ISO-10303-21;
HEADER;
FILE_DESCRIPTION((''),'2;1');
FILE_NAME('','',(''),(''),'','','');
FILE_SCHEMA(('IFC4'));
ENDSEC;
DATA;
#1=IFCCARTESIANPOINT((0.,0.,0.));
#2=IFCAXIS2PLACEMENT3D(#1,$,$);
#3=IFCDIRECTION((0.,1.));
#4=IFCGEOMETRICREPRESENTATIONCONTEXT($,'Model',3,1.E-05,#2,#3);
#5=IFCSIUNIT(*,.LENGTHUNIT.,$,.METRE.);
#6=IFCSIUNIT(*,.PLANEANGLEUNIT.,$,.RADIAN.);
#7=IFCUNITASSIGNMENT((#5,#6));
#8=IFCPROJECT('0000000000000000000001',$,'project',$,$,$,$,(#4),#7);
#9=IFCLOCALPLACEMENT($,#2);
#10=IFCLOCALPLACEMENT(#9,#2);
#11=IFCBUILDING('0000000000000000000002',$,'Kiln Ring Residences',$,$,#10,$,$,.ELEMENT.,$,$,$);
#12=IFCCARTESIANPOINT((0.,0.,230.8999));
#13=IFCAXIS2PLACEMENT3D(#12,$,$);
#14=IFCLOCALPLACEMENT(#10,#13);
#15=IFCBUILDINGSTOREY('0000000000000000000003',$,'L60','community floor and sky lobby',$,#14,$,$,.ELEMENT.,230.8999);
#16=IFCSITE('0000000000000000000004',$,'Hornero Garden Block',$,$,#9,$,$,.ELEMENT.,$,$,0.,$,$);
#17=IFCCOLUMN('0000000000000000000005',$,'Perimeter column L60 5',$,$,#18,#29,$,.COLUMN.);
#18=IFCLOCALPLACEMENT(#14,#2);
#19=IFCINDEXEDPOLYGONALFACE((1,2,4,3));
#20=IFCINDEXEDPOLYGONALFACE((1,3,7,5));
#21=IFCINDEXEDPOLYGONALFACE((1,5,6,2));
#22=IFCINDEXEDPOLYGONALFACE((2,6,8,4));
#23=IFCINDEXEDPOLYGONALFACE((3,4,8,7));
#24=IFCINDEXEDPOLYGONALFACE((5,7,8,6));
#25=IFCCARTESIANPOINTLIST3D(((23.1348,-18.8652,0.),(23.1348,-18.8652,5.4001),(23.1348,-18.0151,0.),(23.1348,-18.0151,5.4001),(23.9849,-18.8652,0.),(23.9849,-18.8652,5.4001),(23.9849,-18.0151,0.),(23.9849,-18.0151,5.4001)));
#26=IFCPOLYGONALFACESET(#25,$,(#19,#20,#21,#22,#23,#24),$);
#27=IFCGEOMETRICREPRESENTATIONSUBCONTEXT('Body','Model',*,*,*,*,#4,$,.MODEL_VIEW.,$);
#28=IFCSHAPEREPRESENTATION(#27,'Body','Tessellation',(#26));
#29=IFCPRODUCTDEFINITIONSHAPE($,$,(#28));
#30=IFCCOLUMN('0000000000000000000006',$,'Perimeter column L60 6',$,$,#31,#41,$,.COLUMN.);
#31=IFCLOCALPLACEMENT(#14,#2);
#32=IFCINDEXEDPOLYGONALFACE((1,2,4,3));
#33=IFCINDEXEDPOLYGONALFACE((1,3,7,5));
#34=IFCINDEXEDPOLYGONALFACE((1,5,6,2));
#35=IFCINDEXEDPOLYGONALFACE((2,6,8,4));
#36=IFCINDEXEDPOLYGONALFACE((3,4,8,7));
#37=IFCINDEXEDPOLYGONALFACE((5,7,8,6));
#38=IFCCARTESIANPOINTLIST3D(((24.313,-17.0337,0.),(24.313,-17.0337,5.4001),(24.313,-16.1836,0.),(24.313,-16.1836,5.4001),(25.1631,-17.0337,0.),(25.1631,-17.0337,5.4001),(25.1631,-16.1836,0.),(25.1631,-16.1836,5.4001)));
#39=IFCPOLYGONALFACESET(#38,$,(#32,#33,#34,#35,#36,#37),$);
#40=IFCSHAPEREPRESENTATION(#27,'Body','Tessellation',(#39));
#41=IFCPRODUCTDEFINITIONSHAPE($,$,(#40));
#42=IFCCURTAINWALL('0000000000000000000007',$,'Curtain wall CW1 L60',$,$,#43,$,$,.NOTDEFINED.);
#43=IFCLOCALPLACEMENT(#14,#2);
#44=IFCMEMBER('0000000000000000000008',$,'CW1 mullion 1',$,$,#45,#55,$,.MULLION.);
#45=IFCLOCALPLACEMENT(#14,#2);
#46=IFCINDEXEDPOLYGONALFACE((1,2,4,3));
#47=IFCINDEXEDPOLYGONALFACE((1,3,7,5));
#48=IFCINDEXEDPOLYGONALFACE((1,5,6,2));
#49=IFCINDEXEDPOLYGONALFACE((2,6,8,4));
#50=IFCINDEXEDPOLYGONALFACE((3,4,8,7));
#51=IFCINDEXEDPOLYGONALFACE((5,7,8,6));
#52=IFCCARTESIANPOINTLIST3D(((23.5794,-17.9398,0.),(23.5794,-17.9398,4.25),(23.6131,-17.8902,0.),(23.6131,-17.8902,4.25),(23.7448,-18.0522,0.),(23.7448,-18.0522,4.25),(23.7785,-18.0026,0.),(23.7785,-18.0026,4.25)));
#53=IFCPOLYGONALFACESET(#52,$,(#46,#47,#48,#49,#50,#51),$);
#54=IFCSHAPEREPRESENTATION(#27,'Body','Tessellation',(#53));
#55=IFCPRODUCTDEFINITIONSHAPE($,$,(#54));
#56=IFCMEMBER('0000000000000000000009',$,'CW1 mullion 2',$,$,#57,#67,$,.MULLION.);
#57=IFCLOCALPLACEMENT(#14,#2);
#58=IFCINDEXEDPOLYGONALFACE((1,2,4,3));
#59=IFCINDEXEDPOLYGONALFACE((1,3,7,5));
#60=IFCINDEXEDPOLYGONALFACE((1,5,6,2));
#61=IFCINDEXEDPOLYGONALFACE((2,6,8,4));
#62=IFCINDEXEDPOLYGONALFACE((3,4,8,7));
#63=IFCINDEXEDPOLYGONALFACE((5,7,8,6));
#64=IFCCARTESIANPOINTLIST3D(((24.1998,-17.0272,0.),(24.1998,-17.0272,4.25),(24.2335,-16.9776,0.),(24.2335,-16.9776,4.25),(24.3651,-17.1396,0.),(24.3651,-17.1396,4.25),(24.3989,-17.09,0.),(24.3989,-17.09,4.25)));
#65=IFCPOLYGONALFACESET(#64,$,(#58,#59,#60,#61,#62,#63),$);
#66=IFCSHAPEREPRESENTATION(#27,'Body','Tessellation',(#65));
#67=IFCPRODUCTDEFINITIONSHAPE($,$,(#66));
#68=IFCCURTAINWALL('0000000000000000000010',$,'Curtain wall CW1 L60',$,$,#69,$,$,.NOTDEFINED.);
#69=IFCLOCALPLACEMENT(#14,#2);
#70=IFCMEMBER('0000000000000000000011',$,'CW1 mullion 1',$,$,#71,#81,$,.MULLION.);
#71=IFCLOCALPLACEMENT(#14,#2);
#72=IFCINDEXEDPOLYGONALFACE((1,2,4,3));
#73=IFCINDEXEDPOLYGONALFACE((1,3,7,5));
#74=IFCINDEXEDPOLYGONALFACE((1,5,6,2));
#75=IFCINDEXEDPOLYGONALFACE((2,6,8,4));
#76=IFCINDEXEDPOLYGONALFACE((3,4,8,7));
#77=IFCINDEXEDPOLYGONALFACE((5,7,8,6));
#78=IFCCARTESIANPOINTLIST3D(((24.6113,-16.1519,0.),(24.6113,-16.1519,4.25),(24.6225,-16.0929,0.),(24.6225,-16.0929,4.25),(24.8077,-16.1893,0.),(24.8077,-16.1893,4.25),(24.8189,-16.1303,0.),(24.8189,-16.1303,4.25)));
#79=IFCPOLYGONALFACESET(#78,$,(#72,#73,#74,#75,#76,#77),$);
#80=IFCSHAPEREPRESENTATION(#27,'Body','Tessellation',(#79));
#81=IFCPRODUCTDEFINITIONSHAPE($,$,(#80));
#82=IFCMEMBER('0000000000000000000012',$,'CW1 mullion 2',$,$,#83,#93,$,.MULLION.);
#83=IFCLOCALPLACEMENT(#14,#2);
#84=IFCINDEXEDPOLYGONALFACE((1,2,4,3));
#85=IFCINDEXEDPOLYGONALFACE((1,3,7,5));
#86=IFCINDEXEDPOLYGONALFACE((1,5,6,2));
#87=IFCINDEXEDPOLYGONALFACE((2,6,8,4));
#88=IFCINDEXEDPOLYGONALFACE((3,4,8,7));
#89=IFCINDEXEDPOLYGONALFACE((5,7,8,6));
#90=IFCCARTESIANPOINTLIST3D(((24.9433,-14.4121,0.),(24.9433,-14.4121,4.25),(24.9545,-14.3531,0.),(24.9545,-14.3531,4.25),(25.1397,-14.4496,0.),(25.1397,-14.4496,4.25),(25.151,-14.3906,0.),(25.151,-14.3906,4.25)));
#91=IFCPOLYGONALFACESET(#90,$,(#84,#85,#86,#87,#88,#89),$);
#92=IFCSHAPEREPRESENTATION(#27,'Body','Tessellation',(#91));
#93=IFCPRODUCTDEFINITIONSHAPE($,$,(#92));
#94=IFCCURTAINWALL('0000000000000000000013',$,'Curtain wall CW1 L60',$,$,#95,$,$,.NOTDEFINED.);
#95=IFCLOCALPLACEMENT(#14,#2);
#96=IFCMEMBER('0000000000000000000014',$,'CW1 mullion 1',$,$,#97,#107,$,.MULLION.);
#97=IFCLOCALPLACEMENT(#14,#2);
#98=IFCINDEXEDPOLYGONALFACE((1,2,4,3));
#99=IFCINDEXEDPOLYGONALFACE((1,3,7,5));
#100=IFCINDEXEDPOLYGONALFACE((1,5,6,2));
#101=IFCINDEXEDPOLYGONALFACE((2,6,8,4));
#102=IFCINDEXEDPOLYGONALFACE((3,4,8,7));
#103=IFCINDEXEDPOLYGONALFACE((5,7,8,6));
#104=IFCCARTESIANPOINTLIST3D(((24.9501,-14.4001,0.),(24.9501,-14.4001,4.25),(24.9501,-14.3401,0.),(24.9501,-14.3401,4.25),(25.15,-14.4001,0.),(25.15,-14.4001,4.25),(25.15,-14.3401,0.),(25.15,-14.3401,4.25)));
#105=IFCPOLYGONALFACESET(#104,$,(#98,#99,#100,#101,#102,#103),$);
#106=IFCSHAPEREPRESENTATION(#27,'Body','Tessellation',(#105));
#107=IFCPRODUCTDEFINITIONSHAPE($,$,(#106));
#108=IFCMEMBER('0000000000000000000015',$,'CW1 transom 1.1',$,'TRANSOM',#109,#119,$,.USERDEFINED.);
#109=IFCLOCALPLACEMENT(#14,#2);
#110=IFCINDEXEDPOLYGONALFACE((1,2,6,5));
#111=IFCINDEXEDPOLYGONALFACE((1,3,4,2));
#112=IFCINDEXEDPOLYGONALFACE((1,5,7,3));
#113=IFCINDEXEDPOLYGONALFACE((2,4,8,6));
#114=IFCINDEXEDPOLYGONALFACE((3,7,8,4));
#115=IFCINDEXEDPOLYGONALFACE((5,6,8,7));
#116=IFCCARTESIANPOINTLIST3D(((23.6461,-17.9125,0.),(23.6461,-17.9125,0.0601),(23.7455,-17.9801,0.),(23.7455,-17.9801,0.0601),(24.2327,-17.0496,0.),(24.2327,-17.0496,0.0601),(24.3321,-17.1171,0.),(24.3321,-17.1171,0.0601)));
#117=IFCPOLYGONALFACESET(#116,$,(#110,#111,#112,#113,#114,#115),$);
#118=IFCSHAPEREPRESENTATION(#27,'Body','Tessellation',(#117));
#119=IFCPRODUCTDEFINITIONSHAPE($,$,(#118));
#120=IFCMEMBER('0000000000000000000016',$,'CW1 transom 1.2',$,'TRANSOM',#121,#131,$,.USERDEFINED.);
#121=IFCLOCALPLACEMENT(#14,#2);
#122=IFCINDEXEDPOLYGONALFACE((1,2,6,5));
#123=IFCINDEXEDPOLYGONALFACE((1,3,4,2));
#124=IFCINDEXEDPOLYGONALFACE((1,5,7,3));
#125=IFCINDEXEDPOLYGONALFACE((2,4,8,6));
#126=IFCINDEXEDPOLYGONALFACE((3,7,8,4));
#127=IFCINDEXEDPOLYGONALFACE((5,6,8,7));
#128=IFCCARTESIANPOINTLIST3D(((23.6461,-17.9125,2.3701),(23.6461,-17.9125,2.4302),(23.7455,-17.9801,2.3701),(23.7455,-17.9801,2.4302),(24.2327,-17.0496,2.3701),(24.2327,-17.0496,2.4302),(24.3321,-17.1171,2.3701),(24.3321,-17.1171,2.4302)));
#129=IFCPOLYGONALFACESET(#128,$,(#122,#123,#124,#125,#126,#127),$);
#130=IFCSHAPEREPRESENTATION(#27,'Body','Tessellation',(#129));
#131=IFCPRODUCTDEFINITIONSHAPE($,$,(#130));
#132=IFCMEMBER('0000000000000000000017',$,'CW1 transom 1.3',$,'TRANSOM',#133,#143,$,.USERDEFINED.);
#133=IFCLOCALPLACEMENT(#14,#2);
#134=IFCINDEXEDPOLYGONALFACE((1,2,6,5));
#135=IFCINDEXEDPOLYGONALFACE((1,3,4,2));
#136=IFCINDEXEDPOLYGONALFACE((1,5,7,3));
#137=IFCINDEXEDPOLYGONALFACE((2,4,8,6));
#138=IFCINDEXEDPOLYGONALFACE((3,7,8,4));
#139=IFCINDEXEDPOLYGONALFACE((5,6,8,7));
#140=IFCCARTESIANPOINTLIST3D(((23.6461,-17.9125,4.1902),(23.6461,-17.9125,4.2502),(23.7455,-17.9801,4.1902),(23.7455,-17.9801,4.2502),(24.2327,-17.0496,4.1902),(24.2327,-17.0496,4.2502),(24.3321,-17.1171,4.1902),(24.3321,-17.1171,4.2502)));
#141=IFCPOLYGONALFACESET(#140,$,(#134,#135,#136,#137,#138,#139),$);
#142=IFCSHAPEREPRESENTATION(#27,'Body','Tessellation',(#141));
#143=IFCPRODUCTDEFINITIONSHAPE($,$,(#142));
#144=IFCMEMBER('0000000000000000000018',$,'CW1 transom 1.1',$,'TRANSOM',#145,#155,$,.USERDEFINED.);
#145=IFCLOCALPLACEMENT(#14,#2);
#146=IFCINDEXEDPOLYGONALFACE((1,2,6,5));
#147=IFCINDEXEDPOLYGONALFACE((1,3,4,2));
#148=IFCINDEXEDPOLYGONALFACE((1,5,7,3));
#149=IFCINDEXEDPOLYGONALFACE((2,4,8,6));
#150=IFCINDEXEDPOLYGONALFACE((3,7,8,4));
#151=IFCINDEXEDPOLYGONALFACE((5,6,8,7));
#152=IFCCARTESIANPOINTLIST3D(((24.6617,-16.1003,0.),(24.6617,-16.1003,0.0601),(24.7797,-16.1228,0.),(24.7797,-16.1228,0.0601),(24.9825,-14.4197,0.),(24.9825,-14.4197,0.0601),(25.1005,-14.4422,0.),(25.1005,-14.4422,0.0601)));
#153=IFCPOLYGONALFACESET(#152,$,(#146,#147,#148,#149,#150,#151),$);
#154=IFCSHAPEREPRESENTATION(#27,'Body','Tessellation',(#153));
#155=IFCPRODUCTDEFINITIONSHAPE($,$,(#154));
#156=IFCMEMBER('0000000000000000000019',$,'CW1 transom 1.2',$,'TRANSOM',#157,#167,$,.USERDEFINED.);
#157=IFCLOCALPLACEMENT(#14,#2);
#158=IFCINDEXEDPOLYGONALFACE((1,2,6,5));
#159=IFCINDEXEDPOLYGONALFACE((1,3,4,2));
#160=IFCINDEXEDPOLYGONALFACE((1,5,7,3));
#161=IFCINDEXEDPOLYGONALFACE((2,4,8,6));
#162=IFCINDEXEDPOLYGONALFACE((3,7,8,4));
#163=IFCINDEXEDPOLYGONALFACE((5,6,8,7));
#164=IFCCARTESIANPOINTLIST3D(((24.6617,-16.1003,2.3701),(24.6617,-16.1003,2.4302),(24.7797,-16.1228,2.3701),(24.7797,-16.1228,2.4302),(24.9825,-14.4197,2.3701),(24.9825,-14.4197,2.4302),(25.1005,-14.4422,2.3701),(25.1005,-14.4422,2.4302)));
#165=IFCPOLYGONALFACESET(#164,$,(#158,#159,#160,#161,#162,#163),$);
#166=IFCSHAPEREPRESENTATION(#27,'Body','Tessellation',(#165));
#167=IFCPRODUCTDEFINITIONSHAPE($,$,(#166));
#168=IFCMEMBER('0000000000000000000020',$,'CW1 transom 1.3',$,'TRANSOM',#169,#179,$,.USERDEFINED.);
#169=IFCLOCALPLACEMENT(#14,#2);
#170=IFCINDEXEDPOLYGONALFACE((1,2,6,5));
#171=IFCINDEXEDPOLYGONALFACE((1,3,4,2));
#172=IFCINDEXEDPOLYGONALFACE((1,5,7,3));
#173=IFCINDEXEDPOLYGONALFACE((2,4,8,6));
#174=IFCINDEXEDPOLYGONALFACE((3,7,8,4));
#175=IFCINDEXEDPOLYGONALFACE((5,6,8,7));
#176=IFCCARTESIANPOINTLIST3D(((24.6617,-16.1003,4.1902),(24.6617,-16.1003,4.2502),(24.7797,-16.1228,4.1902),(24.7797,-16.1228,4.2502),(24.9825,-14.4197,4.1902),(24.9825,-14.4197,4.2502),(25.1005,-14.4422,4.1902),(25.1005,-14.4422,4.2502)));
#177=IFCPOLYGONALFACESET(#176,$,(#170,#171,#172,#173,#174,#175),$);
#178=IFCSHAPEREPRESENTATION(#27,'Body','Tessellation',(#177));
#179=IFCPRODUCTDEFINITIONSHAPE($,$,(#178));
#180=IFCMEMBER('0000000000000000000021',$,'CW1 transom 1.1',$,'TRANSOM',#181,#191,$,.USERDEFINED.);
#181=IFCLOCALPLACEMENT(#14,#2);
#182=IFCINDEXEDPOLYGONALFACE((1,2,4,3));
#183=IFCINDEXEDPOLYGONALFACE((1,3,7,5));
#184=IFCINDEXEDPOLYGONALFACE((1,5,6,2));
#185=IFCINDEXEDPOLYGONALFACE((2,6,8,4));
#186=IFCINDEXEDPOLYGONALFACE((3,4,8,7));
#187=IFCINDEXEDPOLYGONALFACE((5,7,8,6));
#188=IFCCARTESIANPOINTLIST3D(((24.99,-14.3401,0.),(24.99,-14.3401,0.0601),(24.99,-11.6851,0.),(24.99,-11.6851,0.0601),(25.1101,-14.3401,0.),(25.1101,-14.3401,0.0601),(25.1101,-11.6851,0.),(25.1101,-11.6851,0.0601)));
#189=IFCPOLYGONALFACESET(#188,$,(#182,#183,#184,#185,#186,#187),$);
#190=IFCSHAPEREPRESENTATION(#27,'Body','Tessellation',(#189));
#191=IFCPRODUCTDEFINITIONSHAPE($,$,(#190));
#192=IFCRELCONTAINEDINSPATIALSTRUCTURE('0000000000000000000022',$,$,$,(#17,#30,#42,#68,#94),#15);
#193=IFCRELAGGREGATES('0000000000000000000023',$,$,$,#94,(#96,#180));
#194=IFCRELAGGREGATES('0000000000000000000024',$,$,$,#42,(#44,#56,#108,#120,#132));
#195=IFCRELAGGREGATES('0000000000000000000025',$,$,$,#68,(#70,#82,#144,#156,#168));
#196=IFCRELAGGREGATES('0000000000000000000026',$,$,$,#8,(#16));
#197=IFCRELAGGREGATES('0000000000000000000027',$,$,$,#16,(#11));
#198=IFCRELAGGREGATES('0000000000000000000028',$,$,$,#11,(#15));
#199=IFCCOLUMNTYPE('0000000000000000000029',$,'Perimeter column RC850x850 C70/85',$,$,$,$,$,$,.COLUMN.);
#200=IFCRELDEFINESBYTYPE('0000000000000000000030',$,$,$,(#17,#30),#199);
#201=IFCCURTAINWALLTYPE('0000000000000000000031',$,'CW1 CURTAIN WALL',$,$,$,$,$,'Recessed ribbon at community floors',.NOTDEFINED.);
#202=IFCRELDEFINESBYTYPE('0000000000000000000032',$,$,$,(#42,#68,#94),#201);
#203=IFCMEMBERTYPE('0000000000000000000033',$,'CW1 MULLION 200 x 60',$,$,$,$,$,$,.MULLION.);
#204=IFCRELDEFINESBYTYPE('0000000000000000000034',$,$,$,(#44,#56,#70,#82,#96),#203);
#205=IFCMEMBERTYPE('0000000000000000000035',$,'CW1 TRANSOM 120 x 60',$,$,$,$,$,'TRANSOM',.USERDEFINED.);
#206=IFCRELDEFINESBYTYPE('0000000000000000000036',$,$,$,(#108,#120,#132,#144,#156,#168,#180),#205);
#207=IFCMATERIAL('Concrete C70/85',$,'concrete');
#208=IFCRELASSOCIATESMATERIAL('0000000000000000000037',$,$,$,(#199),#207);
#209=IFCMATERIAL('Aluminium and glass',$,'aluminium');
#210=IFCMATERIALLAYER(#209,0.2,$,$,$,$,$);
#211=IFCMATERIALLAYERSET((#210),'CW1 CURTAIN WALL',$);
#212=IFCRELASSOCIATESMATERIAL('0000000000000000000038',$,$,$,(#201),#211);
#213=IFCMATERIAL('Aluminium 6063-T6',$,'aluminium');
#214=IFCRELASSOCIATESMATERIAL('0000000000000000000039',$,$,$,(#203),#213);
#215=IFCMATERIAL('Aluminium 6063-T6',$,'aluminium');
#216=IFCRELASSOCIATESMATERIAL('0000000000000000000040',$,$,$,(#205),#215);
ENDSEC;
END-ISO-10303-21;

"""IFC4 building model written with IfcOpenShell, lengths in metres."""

from ifc_helpers import new_model, si_unit, direction, frame, origin, origin_2d, place, context, subcontext, project, spatial, rectangle, extrude, material, layer, layer_set, material_profile, profile_set, type_object, element, aggregate, save


model = new_model("IFC4")

# Units and contexts
model_context = context("Model", 3, precision=1e-05, world=origin(), true_north=direction((0.0, 1.0)))
body_context = subcontext(model_context, "Body", "Model", "MODEL_VIEW")
ifc_project = project(units=[si_unit("LENGTHUNIT", "METRE"), si_unit("PLANEANGLEUNIT", "RADIAN")], contexts=[model_context])

# Site, building, storey
site_placement = place(None, origin())
site = spatial("IfcSite", under=ifc_project, at=site_placement, Name="Hornero Garden Block", CompositionType="ELEMENT", RefElevation=0.0)
building_placement = place(site_placement, origin())
building = spatial("IfcBuilding", under=site, at=building_placement, Name="Kiln Ring Residences", CompositionType="ELEMENT")
storey_placement = place(building_placement, frame((0.0, 0.0, 230.8999)))
storey = spatial("IfcBuildingStorey", under=building, at=storey_placement, Name="L60", Description="community floor and sky lobby", CompositionType="ELEMENT", Elevation=230.8999)

# Columns
ifc_material_1 = material(Name="Concrete C70/85", Category="concrete")
ifc_material_profile_1 = material_profile(ifc_material_1, rectangle(XDim=0.8501, YDim=0.8501, at=origin_2d()), Name="RC850x850")
ifc_profile_set_1 = profile_set([ifc_material_profile_1], Name="Concrete C70/85")
column_type = type_object("IfcColumnType", Name="Perimeter column RC850x850 C70/85", PredefinedType="COLUMN", material=ifc_profile_set_1)
for number, where, z_axis, x_axis, name in (
    (1, (23.5598, -18.4402, 0.0), (0.0, 0.0, 1.0), (1.0, 0.0, 0.0), "Perimeter column L60 5"),
    (2, (24.738, -16.6086, 0.0), (0.0, 0.0, 1.0), (1.0, 0.0, 0.0), "Perimeter column L60 6"),
):
    element("IfcColumn", number, at=place(storey_placement, frame(where, z_axis=z_axis, x_axis=x_axis)), inside=storey, type_object=column_type, Name=name, PredefinedType="COLUMN", context=body_context, shape_type="SweptSolid", body=[
        extrude(rectangle(XDim=0.8501, YDim=0.8501, at=origin_2d()), origin(), (0.0, 0.0, 1.0), 5.4001),
    ])

# Curtain walls, members
ifc_material_2 = material(Name="Aluminium and glass", Category="aluminium")
ifc_layer_1 = layer(ifc_material_2, 0.2)
ifc_layer_set_1 = layer_set([ifc_layer_1], Name="CW1 CURTAIN WALL")
curtain_wall_type = type_object("IfcCurtainWallType", Name="CW1 CURTAIN WALL", ElementType="Recessed ribbon at community floors", PredefinedType="NOTDEFINED", material=ifc_layer_set_1)
placement = place(storey_placement, origin())
curtain_wall_1 = element("IfcCurtainWall", 3, at=placement, inside=storey, type_object=curtain_wall_type, Name="Curtain wall CW1 L60", PredefinedType="NOTDEFINED")
ifc_material_3 = material(Name="Aluminium 6063-T6", Category="aluminium")
ifc_material_profile_2 = material_profile(ifc_material_3, rectangle(XDim=0.2, YDim=0.0601, at=origin_2d()), Name="AL 200x60")
ifc_profile_set_2 = profile_set([ifc_material_profile_2], Name="Aluminium 6063-T6")
member_type_1 = type_object("IfcMemberType", Name="CW1 MULLION 200 x 60", PredefinedType="MULLION", material=ifc_profile_set_2)
member_1_placement = place(storey_placement, frame((23.679, -17.9712, 0.0), z_axis=(0.0, 0.0, 1.0), x_axis=(-0.827072, 0.562097, 0.0)))
member_1 = element("IfcMember", 4, at=member_1_placement, type_object=member_type_1, Name="CW1 mullion 1", PredefinedType="MULLION", context=body_context, shape_type="SweptSolid", body=[
    extrude(rectangle(XDim=0.2, YDim=0.0601, at=origin_2d()), origin(), (0.0, 0.0, 1.0), 4.25),
])
member_2_placement = place(storey_placement, frame((24.2993, -17.0586, 0.0), z_axis=(0.0, 0.0, 1.0), x_axis=(-0.827072, 0.562097, 0.0)))
member_2 = element("IfcMember", 5, at=member_2_placement, type_object=member_type_1, Name="CW1 mullion 2", PredefinedType="MULLION", context=body_context, shape_type="SweptSolid", body=[
    extrude(rectangle(XDim=0.2, YDim=0.0601, at=origin_2d()), origin(), (0.0, 0.0, 1.0), 4.25),
])
curtain_wall_2 = element("IfcCurtainWall", 6, at=placement, inside=storey, type_object=curtain_wall_type, Name="Curtain wall CW1 L60", PredefinedType="NOTDEFINED")
member_3_placement = place(storey_placement, frame((24.7151, -16.1411, 0.0), z_axis=(0.0, 0.0, 1.0), x_axis=(-0.98229, 0.187366, 0.0)))
member_3 = element("IfcMember", 7, at=member_3_placement, type_object=member_type_1, Name="CW1 mullion 1", PredefinedType="MULLION", context=body_context, shape_type="SweptSolid", body=[
    extrude(rectangle(XDim=0.2, YDim=0.0601, at=origin_2d()), origin(), (0.0, 0.0, 1.0), 4.25),
])
member_4_placement = place(storey_placement, frame((25.0471, -14.4014, 0.0), z_axis=(0.0, 0.0, 1.0), x_axis=(-0.98229, 0.187366, 0.0)))
member_4 = element("IfcMember", 8, at=member_4_placement, type_object=member_type_1, Name="CW1 mullion 2", PredefinedType="MULLION", context=body_context, shape_type="SweptSolid", body=[
    extrude(rectangle(XDim=0.2, YDim=0.0601, at=origin_2d()), origin(), (0.0, 0.0, 1.0), 4.25),
])

# Curtain wall, member
curtain_wall_3 = element("IfcCurtainWall", 9, at=placement, inside=storey, type_object=curtain_wall_type, Name="Curtain wall CW1 L60", PredefinedType="NOTDEFINED")
member_5_placement = place(storey_placement, frame((25.05, -14.3701, 0.0), z_axis=(0.0, 0.0, 1.0), x_axis=(-1.0, 0.0, 0.0)))
member_5 = element("IfcMember", 10, at=member_5_placement, type_object=member_type_1, Name="CW1 mullion 1", PredefinedType="MULLION", context=body_context, shape_type="SweptSolid", body=[
    extrude(rectangle(XDim=0.2, YDim=0.0601, at=origin_2d()), origin(), (0.0, 0.0, 1.0), 4.25),
])

# Members
ifc_material_4 = material(Name="Aluminium 6063-T6", Category="aluminium")
ifc_material_profile_3 = material_profile(ifc_material_4, rectangle(XDim=0.1201, YDim=0.0601, at=origin_2d()), Name="AL 120x60")
ifc_profile_set_3 = profile_set([ifc_material_profile_3], Name="Aluminium 6063-T6")
member_type_2 = type_object("IfcMemberType", Name="CW1 TRANSOM 120 x 60", ElementType="TRANSOM", PredefinedType="USERDEFINED", material=ifc_profile_set_3)
member_6_placement = place(storey_placement, frame((23.6958, -17.9463, 0.03), z_axis=(0.562182, 0.827014, 0.0), x_axis=(-0.827014, 0.562182, 0.0)))
member_6 = element("IfcMember", 11, at=member_6_placement, type_object=member_type_2, Name="CW1 transom 1.1", ObjectType="TRANSOM", PredefinedType="USERDEFINED", context=body_context, shape_type="SweptSolid", body=[
    extrude(rectangle(XDim=0.1201, YDim=0.0601, at=origin_2d()), origin(), (0.0, 0.0, 1.0), 1.0435),
])
member_7_placement = place(storey_placement, frame((23.6958, -17.9463, 2.4001), z_axis=(0.562182, 0.827014, 0.0), x_axis=(-0.827014, 0.562182, 0.0)))
member_7 = element("IfcMember", 12, at=member_7_placement, type_object=member_type_2, Name="CW1 transom 1.2", ObjectType="TRANSOM", PredefinedType="USERDEFINED", context=body_context, shape_type="SweptSolid", body=[
    extrude(rectangle(XDim=0.1201, YDim=0.0601, at=origin_2d()), origin(), (0.0, 0.0, 1.0), 1.0435),
])
member_8_placement = place(storey_placement, frame((23.6958, -17.9463, 4.2202), z_axis=(0.562182, 0.827014, 0.0), x_axis=(-0.827014, 0.562182, 0.0)))
member_8 = element("IfcMember", 13, at=member_8_placement, type_object=member_type_2, Name="CW1 transom 1.3", ObjectType="TRANSOM", PredefinedType="USERDEFINED", context=body_context, shape_type="SweptSolid", body=[
    extrude(rectangle(XDim=0.1201, YDim=0.0601, at=origin_2d()), origin(), (0.0, 0.0, 1.0), 1.0435),
])
member_9_placement = place(storey_placement, frame((24.7207, -16.1116, 0.03), z_axis=(0.187492, 0.982266, 0.0), x_axis=(-0.982266, 0.187492, 0.0)))
member_9 = element("IfcMember", 14, at=member_9_placement, type_object=member_type_2, Name="CW1 transom 1.1", ObjectType="TRANSOM", PredefinedType="USERDEFINED", context=body_context, shape_type="SweptSolid", body=[
    extrude(rectangle(XDim=0.1201, YDim=0.0601, at=origin_2d()), origin(), (0.0, 0.0, 1.0), 1.7109),
])
member_10_placement = place(storey_placement, frame((24.7207, -16.1116, 2.4001), z_axis=(0.187492, 0.982266, 0.0), x_axis=(-0.982266, 0.187492, 0.0)))
member_10 = element("IfcMember", 15, at=member_10_placement, type_object=member_type_2, Name="CW1 transom 1.2", ObjectType="TRANSOM", PredefinedType="USERDEFINED", context=body_context, shape_type="SweptSolid", body=[
    extrude(rectangle(XDim=0.1201, YDim=0.0601, at=origin_2d()), origin(), (0.0, 0.0, 1.0), 1.7109),
])
member_11_placement = place(storey_placement, frame((24.7207, -16.1116, 4.2202), z_axis=(0.187492, 0.982266, 0.0), x_axis=(-0.982266, 0.187492, 0.0)))
member_11 = element("IfcMember", 16, at=member_11_placement, type_object=member_type_2, Name="CW1 transom 1.3", ObjectType="TRANSOM", PredefinedType="USERDEFINED", context=body_context, shape_type="SweptSolid", body=[
    extrude(rectangle(XDim=0.1201, YDim=0.0601, at=origin_2d()), origin(), (0.0, 0.0, 1.0), 1.7109),
])
member_12_placement = place(storey_placement, frame((25.05, -14.3401, 0.03), z_axis=(0.0, 1.0, 0.0), x_axis=(-1.0, 0.0, 0.0)))
member_12 = element("IfcMember", 17, at=member_12_placement, type_object=member_type_2, Name="CW1 transom 1.1", ObjectType="TRANSOM", PredefinedType="USERDEFINED", context=body_context, shape_type="SweptSolid", body=[
    extrude(rectangle(XDim=0.1201, YDim=0.0601, at=origin_2d()), origin(), (0.0, 0.0, 1.0), 2.655),
])
aggregate(curtain_wall_3, [member_5, member_12])

aggregate(curtain_wall_1, [member_1, member_2, member_6, member_7, member_8])
aggregate(curtain_wall_2, [member_3, member_4, member_9, member_10, member_11])

save(model, "model.ifc")
